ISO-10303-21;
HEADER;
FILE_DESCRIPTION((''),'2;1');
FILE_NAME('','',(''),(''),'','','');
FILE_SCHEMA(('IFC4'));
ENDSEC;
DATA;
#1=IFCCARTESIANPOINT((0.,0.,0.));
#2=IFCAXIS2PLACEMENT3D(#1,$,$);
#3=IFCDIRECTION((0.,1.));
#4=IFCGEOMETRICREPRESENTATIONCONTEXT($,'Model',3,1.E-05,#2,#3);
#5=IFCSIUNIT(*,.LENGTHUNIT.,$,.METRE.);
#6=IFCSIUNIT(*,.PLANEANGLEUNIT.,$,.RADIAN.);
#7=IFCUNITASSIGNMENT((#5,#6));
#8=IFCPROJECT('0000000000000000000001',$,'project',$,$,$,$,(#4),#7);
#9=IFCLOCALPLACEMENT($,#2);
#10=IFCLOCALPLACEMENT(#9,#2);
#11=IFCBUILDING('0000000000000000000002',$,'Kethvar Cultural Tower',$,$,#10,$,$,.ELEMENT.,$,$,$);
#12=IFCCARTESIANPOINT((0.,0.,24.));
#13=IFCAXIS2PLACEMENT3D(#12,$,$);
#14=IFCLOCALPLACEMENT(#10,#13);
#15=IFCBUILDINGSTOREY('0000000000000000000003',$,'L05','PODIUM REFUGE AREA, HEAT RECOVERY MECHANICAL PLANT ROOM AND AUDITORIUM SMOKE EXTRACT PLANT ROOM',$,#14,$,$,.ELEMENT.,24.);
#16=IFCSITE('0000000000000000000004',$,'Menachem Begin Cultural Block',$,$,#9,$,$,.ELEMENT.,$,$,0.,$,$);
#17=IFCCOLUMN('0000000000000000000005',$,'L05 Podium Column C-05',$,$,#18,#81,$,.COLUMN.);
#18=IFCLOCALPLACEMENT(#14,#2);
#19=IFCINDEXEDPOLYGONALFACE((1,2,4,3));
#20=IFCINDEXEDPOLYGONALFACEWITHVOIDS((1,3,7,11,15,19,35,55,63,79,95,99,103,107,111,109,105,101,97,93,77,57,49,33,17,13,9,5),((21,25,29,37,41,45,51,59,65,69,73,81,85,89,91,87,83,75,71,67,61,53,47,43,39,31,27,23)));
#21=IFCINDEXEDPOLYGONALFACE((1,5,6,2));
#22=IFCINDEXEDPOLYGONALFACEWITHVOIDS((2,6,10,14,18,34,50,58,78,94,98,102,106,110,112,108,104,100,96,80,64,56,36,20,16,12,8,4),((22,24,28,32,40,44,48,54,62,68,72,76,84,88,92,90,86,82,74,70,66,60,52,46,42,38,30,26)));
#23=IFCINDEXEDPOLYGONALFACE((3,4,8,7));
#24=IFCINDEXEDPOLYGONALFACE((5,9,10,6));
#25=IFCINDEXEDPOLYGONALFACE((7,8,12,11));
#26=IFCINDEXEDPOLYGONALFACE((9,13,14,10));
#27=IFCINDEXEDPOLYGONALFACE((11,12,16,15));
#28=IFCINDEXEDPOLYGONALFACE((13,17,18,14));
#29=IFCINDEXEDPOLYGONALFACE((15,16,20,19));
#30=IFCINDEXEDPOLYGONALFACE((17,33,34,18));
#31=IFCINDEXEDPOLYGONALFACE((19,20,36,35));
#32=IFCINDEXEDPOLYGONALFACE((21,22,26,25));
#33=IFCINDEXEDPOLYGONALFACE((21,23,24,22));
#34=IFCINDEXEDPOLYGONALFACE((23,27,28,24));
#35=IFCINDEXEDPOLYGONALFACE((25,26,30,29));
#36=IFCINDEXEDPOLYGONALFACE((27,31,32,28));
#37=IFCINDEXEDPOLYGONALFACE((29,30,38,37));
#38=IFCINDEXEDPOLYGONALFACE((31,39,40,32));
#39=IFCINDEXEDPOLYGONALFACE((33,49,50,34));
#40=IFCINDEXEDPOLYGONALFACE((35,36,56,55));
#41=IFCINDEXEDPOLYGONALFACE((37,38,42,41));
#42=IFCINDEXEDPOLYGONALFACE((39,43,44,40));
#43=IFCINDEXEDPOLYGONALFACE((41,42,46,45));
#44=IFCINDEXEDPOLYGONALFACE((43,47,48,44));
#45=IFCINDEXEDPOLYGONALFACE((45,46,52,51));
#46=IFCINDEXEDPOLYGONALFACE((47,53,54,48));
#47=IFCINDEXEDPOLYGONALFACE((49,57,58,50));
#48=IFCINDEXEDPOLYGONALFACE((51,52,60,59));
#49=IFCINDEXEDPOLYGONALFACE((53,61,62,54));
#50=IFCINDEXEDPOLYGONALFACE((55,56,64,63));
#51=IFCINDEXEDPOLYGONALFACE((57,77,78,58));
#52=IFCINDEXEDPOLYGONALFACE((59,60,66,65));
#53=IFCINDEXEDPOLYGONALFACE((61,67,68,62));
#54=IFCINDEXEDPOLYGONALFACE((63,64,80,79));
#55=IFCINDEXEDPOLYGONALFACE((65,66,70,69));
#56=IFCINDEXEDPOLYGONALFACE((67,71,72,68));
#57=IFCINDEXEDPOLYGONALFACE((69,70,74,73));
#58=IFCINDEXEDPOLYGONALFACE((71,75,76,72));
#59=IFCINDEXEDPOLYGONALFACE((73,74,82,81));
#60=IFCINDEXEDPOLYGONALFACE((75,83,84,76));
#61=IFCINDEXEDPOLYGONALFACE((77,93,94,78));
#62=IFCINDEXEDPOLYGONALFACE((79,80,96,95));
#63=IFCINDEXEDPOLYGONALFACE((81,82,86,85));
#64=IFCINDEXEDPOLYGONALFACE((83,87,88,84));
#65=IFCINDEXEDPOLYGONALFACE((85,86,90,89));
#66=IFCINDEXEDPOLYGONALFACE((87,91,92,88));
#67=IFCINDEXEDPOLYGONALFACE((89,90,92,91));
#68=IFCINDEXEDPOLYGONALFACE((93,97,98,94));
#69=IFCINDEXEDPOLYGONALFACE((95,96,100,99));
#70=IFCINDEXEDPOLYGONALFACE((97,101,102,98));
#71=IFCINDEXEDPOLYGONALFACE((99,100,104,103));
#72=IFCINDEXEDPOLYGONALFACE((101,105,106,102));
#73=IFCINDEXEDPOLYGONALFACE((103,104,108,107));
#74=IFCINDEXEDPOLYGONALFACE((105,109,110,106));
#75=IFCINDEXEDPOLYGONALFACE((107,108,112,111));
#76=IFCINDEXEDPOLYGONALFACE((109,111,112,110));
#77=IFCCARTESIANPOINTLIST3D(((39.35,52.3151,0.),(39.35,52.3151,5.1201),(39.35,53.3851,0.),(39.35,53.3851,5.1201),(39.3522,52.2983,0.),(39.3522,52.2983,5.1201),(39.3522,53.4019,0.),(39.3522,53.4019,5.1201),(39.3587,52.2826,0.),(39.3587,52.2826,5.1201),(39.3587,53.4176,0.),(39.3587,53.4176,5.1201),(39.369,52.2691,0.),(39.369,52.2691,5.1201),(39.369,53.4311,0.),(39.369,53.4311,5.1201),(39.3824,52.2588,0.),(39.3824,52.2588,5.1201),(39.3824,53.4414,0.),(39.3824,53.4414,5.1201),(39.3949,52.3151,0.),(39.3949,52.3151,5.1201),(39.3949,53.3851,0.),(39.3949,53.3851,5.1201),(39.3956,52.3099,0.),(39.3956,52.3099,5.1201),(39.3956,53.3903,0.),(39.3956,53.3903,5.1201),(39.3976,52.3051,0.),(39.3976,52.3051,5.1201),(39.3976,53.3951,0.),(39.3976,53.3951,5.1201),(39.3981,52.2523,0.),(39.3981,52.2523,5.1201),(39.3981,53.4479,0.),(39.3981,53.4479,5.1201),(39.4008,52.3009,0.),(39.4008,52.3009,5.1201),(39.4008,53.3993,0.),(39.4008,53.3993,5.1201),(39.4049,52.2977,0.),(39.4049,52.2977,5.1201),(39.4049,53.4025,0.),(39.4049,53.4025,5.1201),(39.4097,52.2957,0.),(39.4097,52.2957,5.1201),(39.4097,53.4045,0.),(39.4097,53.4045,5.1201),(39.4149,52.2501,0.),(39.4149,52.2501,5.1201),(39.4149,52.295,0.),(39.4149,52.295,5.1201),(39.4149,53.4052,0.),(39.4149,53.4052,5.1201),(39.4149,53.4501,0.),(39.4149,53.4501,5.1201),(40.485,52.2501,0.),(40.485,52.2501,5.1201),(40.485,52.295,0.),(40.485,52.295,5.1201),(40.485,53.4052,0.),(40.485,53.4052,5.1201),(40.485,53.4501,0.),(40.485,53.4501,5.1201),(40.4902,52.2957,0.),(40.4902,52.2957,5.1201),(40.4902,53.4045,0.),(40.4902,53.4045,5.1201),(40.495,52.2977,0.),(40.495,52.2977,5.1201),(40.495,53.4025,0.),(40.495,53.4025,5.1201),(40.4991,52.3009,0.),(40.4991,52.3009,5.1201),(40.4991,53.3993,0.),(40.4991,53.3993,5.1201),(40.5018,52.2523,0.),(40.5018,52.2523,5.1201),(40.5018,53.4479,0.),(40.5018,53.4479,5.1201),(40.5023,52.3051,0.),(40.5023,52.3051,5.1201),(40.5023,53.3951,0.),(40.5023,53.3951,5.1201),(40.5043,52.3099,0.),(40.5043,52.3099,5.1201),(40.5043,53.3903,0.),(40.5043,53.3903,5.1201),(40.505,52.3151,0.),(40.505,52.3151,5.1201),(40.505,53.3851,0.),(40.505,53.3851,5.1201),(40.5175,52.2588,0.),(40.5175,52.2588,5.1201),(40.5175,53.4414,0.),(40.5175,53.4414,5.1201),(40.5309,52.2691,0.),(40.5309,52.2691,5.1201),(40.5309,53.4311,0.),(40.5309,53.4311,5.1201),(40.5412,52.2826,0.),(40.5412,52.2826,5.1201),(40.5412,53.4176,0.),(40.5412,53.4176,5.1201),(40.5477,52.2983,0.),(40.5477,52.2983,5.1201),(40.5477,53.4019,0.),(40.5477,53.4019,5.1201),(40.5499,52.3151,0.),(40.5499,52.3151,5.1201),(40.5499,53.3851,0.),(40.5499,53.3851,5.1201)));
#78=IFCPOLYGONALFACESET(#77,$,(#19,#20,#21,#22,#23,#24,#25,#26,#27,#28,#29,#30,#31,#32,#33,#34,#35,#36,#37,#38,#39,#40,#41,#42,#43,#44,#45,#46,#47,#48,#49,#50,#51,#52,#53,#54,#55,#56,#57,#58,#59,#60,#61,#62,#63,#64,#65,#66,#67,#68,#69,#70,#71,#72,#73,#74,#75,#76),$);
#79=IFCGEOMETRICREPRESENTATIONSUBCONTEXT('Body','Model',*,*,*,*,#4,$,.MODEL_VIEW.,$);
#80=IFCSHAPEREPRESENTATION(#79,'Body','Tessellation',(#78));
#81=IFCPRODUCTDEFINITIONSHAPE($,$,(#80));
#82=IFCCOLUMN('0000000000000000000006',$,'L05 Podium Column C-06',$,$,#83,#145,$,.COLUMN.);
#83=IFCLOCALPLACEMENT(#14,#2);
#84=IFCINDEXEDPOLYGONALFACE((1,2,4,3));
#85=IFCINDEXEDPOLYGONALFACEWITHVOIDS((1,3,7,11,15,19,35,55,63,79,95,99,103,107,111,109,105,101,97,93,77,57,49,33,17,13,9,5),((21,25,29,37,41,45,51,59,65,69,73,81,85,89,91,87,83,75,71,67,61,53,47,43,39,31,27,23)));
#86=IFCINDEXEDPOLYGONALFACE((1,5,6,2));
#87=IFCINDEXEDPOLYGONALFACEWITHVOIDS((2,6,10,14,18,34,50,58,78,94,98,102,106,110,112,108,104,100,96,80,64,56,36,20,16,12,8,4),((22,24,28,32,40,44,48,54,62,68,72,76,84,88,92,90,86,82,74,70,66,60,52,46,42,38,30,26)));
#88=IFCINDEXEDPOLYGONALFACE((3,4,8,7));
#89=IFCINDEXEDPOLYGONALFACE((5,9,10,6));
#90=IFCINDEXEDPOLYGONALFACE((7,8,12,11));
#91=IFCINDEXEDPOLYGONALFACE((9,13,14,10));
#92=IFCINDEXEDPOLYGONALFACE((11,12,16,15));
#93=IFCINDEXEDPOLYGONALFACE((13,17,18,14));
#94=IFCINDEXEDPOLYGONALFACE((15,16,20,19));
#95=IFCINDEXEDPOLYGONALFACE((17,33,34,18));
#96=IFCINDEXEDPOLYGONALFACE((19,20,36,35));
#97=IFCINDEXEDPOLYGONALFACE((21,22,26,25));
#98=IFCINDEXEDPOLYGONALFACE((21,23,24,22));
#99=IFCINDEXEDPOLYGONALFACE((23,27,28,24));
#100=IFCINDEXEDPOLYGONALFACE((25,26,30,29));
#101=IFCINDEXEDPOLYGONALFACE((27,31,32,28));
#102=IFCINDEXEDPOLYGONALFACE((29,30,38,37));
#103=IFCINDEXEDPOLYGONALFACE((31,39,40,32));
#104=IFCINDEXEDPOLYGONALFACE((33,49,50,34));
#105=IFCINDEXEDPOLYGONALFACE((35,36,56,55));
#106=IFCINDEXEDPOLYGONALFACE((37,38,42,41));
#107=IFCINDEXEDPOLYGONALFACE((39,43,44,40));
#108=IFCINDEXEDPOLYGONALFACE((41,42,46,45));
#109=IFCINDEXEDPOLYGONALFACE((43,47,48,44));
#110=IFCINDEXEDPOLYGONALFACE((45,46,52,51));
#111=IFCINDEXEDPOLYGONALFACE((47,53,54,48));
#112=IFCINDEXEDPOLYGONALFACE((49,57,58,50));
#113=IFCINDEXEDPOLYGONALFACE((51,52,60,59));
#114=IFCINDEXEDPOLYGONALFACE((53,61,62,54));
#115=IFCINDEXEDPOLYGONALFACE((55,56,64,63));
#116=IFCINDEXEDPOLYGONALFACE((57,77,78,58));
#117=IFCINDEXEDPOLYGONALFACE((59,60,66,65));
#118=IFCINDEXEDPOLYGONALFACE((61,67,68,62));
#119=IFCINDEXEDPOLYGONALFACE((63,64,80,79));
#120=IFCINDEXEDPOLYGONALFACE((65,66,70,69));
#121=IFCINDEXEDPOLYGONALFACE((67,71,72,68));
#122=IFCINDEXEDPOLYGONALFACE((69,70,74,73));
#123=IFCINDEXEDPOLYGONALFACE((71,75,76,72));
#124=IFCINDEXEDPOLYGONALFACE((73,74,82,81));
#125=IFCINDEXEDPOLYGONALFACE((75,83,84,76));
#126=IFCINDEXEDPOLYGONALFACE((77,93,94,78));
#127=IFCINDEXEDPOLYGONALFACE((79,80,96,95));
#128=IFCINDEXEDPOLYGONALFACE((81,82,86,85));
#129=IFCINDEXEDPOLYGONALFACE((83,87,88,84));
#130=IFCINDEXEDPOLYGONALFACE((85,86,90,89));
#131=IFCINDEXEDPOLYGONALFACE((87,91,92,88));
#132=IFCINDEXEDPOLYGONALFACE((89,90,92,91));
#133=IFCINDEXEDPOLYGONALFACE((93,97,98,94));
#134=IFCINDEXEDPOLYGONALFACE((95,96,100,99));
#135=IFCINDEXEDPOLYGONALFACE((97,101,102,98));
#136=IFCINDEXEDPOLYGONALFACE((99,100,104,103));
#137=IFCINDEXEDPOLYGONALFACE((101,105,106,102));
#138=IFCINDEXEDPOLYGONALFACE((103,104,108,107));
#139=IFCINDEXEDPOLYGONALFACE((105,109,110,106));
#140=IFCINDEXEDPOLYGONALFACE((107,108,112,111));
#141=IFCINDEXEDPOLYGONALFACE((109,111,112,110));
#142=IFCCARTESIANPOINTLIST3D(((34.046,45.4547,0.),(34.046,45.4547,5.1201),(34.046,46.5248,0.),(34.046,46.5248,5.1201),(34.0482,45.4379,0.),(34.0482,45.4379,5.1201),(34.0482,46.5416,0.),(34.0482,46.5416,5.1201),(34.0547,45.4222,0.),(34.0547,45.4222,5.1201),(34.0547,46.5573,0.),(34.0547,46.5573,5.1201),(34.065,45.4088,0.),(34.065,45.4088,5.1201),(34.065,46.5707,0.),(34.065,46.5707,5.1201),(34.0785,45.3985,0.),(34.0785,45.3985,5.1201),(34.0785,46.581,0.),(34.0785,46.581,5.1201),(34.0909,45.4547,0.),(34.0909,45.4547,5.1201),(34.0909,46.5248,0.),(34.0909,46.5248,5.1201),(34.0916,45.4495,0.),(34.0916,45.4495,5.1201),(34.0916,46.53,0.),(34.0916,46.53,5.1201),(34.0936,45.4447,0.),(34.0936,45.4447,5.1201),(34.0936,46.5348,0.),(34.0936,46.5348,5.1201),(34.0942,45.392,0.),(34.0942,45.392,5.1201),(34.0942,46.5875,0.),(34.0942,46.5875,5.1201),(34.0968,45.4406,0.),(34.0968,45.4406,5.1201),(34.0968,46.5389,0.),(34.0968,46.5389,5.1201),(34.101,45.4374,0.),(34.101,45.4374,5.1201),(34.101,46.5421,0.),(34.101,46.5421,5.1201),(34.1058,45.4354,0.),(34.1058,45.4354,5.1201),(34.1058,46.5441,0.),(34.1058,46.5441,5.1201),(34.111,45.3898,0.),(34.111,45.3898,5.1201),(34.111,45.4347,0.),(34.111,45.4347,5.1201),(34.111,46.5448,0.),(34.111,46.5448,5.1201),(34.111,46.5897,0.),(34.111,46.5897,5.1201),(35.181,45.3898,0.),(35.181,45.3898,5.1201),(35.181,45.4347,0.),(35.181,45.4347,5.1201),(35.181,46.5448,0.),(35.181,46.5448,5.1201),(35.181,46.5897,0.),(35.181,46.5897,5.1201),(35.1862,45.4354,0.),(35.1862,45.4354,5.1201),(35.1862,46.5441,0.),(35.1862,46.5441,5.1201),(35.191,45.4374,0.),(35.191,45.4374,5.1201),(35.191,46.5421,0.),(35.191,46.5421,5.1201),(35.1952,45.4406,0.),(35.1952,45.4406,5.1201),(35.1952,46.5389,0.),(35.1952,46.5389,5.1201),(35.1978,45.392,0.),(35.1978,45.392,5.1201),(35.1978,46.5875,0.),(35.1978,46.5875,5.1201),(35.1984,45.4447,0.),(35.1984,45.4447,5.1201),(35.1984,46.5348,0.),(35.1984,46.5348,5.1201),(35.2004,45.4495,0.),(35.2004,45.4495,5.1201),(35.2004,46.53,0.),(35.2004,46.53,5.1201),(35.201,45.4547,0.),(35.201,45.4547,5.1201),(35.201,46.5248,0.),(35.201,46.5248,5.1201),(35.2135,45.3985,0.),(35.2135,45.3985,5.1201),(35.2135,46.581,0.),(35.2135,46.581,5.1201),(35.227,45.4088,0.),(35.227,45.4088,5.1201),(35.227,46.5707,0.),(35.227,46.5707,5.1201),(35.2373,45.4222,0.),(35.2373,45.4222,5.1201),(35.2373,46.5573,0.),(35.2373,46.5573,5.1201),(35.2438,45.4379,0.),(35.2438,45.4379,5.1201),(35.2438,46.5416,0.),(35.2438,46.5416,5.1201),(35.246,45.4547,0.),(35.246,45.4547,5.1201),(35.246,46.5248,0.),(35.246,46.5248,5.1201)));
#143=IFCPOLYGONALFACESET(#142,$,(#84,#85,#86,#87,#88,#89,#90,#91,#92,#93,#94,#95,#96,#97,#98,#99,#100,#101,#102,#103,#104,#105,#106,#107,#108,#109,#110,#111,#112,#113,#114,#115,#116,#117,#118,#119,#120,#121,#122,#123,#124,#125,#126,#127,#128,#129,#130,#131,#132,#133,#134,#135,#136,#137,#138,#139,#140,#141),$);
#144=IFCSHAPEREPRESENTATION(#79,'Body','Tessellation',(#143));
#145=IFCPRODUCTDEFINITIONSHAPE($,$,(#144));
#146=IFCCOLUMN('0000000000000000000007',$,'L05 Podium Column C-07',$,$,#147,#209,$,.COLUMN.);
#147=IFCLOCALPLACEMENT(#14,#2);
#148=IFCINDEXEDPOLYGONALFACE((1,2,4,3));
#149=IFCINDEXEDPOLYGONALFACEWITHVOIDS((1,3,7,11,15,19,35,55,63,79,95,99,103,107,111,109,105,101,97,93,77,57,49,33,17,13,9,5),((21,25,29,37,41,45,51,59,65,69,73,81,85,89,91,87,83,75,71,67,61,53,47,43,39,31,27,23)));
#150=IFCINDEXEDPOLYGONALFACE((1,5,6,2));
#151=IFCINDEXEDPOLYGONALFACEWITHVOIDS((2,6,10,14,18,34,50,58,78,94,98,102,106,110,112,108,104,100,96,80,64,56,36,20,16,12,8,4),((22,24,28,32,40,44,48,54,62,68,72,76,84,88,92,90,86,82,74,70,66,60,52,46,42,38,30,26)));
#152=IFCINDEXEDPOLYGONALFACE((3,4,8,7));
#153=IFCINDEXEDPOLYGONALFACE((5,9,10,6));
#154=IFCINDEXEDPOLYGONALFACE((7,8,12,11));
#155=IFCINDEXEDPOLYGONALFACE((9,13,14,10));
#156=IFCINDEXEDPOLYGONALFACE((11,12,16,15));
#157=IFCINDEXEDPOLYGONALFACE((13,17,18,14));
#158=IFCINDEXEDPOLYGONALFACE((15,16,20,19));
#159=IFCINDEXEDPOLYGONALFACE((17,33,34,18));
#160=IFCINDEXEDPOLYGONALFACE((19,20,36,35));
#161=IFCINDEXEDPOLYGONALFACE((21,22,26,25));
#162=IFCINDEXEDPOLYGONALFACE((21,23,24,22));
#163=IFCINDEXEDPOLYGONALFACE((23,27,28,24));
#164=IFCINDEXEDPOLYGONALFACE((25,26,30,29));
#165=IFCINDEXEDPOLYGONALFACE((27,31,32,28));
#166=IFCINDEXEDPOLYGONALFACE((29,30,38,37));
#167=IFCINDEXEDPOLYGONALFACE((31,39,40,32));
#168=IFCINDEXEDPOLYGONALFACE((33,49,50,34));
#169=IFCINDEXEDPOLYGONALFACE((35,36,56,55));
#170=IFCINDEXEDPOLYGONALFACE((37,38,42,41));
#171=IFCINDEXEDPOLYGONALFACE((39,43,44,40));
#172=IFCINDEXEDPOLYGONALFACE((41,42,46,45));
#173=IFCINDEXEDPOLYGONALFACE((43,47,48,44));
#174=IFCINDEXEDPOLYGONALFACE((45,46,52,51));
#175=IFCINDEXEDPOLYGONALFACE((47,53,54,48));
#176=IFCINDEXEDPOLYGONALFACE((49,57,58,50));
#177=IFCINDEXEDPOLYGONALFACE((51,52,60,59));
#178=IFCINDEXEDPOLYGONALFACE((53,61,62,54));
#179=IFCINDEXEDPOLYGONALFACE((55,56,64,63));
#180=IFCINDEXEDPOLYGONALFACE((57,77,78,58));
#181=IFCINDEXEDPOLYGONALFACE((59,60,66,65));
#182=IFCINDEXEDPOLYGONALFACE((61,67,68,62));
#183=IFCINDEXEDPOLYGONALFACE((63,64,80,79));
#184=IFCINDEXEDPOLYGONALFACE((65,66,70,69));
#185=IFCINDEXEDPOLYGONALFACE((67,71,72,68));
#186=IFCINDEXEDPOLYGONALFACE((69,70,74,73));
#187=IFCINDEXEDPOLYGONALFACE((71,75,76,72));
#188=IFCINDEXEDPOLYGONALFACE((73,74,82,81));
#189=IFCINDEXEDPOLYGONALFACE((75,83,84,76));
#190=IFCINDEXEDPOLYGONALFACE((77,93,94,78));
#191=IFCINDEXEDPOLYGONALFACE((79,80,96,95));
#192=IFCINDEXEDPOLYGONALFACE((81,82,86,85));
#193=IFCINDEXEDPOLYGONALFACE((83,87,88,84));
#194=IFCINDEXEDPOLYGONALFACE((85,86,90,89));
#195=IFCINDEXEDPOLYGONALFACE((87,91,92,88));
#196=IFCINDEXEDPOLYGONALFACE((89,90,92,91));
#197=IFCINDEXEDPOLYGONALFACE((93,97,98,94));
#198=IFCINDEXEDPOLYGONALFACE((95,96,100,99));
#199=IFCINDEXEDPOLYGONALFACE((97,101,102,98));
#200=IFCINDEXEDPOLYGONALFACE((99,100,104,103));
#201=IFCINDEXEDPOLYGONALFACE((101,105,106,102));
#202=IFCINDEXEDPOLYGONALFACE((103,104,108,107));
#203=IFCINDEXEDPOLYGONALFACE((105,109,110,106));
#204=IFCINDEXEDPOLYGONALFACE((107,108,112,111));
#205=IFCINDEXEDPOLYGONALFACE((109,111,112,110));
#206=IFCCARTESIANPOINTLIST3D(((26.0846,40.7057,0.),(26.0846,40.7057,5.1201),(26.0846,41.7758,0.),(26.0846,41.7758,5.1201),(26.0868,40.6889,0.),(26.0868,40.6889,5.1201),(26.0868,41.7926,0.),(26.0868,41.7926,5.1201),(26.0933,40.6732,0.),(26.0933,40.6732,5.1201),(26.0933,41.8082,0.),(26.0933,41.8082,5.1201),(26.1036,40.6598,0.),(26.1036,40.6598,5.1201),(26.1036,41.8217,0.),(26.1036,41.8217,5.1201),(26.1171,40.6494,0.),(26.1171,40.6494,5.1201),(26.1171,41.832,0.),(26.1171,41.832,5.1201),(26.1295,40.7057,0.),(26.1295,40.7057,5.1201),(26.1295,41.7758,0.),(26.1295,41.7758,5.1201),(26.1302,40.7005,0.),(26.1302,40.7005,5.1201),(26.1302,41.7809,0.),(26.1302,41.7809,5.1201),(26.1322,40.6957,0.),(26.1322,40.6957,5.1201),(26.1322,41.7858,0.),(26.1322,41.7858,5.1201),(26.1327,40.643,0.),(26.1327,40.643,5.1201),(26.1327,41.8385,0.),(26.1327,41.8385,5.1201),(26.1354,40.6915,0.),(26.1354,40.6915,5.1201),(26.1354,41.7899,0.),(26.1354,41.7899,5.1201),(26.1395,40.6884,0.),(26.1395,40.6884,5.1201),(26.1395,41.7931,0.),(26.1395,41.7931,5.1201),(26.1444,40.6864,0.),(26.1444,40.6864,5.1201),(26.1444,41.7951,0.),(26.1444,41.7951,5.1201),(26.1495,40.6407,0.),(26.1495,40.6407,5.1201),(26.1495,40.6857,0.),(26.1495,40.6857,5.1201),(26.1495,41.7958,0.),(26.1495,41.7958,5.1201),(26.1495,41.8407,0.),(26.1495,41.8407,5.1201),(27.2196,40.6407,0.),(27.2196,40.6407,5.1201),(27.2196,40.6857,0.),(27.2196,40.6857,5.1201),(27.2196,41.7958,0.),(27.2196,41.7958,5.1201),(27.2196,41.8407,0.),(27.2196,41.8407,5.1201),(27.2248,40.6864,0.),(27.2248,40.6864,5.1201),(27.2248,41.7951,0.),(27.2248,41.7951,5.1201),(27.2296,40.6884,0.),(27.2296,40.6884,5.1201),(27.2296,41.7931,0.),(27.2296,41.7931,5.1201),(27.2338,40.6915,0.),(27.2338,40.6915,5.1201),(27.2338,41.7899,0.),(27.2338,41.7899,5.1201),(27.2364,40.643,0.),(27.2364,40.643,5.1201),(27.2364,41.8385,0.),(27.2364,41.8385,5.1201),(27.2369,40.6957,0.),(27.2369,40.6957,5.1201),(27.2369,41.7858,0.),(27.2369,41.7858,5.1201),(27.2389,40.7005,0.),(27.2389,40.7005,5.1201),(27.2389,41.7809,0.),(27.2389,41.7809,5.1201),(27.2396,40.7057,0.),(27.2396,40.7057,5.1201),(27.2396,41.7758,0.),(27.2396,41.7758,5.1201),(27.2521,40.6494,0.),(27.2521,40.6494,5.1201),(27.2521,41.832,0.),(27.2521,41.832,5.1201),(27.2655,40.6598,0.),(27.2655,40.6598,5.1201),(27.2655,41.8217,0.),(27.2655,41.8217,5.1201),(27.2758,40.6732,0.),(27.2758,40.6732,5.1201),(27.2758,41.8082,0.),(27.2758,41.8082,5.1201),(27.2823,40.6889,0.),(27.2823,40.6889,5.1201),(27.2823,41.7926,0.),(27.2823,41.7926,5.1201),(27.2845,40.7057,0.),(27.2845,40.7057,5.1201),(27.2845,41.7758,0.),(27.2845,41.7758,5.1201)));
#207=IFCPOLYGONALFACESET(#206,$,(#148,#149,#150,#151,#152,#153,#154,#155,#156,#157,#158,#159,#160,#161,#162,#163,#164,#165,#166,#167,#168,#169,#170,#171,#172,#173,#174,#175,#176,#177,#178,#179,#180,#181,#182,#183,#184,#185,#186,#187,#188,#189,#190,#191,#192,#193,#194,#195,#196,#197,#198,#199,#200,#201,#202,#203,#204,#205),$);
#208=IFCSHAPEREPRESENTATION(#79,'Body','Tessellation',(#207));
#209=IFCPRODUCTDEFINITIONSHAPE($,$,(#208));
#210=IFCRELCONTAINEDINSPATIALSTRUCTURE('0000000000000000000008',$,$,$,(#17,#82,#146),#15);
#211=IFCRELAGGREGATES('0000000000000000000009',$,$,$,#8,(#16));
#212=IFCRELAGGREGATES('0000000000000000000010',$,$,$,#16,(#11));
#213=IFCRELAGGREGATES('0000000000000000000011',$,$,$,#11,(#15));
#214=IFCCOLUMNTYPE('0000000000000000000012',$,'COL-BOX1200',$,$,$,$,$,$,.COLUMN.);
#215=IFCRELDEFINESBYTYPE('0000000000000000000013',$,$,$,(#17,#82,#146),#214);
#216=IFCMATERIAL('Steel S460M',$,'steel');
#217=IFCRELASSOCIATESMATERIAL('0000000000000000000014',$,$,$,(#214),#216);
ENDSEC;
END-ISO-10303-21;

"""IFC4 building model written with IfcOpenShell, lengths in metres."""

from ifc_helpers import new_model, si_unit, direction, frame, origin, origin_2d, place, context, subcontext, project, spatial, hollow_rectangle, extrude, source, transform, mapped, material, material_profile, profile_set, type_object, element, save


model = new_model("IFC4")

# Units and contexts
model_context = context("Model", 3, precision=1e-05, world=origin(), true_north=direction((0.0, 1.0)))
body_context = subcontext(model_context, "Body", "Model", "MODEL_VIEW")
ifc_project = project(units=[si_unit("LENGTHUNIT", "METRE"), si_unit("PLANEANGLEUNIT", "RADIAN")], contexts=[model_context])

# Site, building, storey
site_placement = place(None, origin())
site = spatial("IfcSite", under=ifc_project, at=site_placement, Name="Menachem Begin Cultural Block", CompositionType="ELEMENT", RefElevation=0.0)
building_placement = place(site_placement, origin())
building = spatial("IfcBuilding", under=site, at=building_placement, Name="Kethvar Cultural Tower", CompositionType="ELEMENT")
storey_placement = place(building_placement, frame((0.0, 0.0, 24.0)))
storey = spatial("IfcBuildingStorey", under=building, at=storey_placement, Name="L05", Description="PODIUM REFUGE AREA, HEAT RECOVERY MECHANICAL PLANT ROOM AND AUDITORIUM SMOKE EXTRACT PLANT ROOM", CompositionType="ELEMENT", Elevation=24.0)

# Columns
ifc_material_1 = material(Name="Steel S460M", Category="steel")
ifc_material_profile_1 = material_profile(ifc_material_1, hollow_rectangle(XDim=1.2, YDim=1.2, WallThickness=0.0449, InnerFilletRadius=0.02, OuterFilletRadius=0.0649, at=origin_2d()), Name="Steel S460M — BOX1200x1200x45")
ifc_profile_set_1 = profile_set([ifc_material_profile_1], Name="Steel S460M — BOX1200x1200x45")
column_type = type_object("IfcColumnType", Name="COL-BOX1200", PredefinedType="COLUMN", material=ifc_profile_set_1)
shared_shape_1 = source(origin(), body_context, "Body", "SweptSolid", [
    extrude(hollow_rectangle(XDim=1.2, YDim=1.2, WallThickness=0.0449, InnerFilletRadius=0.02, OuterFilletRadius=0.0649, at=origin_2d()), origin(), (0.0, 0.0, 1.0), 5.1201),
])
for number, where, z_axis, x_axis, name in (
    (1, (39.95, 52.8501, 0.0), (0.0, 0.0, 1.0), (1.0, 0.0, 0.0), "L05 Podium Column C-05"),
    (2, (34.646, 45.9897, 0.0), (0.0, 0.0, 1.0), (1.0, 0.0, 0.0), "L05 Podium Column C-06"),
    (3, (26.6846, 41.2407, 0.0), (0.0, 0.0, 1.0), (1.0, 0.0, 0.0), "L05 Podium Column C-07"),
):
    element("IfcColumn", number, at=place(storey_placement, frame(where, z_axis=z_axis, x_axis=x_axis)), inside=storey, type_object=column_type, Name=name, PredefinedType="COLUMN", context=body_context, shape_type="MappedRepresentation", body=[
        mapped(shared_shape_1, transform((0.0, 0.0, 0.0), scale=1.0)),
    ])

save(model, "model.ifc")
